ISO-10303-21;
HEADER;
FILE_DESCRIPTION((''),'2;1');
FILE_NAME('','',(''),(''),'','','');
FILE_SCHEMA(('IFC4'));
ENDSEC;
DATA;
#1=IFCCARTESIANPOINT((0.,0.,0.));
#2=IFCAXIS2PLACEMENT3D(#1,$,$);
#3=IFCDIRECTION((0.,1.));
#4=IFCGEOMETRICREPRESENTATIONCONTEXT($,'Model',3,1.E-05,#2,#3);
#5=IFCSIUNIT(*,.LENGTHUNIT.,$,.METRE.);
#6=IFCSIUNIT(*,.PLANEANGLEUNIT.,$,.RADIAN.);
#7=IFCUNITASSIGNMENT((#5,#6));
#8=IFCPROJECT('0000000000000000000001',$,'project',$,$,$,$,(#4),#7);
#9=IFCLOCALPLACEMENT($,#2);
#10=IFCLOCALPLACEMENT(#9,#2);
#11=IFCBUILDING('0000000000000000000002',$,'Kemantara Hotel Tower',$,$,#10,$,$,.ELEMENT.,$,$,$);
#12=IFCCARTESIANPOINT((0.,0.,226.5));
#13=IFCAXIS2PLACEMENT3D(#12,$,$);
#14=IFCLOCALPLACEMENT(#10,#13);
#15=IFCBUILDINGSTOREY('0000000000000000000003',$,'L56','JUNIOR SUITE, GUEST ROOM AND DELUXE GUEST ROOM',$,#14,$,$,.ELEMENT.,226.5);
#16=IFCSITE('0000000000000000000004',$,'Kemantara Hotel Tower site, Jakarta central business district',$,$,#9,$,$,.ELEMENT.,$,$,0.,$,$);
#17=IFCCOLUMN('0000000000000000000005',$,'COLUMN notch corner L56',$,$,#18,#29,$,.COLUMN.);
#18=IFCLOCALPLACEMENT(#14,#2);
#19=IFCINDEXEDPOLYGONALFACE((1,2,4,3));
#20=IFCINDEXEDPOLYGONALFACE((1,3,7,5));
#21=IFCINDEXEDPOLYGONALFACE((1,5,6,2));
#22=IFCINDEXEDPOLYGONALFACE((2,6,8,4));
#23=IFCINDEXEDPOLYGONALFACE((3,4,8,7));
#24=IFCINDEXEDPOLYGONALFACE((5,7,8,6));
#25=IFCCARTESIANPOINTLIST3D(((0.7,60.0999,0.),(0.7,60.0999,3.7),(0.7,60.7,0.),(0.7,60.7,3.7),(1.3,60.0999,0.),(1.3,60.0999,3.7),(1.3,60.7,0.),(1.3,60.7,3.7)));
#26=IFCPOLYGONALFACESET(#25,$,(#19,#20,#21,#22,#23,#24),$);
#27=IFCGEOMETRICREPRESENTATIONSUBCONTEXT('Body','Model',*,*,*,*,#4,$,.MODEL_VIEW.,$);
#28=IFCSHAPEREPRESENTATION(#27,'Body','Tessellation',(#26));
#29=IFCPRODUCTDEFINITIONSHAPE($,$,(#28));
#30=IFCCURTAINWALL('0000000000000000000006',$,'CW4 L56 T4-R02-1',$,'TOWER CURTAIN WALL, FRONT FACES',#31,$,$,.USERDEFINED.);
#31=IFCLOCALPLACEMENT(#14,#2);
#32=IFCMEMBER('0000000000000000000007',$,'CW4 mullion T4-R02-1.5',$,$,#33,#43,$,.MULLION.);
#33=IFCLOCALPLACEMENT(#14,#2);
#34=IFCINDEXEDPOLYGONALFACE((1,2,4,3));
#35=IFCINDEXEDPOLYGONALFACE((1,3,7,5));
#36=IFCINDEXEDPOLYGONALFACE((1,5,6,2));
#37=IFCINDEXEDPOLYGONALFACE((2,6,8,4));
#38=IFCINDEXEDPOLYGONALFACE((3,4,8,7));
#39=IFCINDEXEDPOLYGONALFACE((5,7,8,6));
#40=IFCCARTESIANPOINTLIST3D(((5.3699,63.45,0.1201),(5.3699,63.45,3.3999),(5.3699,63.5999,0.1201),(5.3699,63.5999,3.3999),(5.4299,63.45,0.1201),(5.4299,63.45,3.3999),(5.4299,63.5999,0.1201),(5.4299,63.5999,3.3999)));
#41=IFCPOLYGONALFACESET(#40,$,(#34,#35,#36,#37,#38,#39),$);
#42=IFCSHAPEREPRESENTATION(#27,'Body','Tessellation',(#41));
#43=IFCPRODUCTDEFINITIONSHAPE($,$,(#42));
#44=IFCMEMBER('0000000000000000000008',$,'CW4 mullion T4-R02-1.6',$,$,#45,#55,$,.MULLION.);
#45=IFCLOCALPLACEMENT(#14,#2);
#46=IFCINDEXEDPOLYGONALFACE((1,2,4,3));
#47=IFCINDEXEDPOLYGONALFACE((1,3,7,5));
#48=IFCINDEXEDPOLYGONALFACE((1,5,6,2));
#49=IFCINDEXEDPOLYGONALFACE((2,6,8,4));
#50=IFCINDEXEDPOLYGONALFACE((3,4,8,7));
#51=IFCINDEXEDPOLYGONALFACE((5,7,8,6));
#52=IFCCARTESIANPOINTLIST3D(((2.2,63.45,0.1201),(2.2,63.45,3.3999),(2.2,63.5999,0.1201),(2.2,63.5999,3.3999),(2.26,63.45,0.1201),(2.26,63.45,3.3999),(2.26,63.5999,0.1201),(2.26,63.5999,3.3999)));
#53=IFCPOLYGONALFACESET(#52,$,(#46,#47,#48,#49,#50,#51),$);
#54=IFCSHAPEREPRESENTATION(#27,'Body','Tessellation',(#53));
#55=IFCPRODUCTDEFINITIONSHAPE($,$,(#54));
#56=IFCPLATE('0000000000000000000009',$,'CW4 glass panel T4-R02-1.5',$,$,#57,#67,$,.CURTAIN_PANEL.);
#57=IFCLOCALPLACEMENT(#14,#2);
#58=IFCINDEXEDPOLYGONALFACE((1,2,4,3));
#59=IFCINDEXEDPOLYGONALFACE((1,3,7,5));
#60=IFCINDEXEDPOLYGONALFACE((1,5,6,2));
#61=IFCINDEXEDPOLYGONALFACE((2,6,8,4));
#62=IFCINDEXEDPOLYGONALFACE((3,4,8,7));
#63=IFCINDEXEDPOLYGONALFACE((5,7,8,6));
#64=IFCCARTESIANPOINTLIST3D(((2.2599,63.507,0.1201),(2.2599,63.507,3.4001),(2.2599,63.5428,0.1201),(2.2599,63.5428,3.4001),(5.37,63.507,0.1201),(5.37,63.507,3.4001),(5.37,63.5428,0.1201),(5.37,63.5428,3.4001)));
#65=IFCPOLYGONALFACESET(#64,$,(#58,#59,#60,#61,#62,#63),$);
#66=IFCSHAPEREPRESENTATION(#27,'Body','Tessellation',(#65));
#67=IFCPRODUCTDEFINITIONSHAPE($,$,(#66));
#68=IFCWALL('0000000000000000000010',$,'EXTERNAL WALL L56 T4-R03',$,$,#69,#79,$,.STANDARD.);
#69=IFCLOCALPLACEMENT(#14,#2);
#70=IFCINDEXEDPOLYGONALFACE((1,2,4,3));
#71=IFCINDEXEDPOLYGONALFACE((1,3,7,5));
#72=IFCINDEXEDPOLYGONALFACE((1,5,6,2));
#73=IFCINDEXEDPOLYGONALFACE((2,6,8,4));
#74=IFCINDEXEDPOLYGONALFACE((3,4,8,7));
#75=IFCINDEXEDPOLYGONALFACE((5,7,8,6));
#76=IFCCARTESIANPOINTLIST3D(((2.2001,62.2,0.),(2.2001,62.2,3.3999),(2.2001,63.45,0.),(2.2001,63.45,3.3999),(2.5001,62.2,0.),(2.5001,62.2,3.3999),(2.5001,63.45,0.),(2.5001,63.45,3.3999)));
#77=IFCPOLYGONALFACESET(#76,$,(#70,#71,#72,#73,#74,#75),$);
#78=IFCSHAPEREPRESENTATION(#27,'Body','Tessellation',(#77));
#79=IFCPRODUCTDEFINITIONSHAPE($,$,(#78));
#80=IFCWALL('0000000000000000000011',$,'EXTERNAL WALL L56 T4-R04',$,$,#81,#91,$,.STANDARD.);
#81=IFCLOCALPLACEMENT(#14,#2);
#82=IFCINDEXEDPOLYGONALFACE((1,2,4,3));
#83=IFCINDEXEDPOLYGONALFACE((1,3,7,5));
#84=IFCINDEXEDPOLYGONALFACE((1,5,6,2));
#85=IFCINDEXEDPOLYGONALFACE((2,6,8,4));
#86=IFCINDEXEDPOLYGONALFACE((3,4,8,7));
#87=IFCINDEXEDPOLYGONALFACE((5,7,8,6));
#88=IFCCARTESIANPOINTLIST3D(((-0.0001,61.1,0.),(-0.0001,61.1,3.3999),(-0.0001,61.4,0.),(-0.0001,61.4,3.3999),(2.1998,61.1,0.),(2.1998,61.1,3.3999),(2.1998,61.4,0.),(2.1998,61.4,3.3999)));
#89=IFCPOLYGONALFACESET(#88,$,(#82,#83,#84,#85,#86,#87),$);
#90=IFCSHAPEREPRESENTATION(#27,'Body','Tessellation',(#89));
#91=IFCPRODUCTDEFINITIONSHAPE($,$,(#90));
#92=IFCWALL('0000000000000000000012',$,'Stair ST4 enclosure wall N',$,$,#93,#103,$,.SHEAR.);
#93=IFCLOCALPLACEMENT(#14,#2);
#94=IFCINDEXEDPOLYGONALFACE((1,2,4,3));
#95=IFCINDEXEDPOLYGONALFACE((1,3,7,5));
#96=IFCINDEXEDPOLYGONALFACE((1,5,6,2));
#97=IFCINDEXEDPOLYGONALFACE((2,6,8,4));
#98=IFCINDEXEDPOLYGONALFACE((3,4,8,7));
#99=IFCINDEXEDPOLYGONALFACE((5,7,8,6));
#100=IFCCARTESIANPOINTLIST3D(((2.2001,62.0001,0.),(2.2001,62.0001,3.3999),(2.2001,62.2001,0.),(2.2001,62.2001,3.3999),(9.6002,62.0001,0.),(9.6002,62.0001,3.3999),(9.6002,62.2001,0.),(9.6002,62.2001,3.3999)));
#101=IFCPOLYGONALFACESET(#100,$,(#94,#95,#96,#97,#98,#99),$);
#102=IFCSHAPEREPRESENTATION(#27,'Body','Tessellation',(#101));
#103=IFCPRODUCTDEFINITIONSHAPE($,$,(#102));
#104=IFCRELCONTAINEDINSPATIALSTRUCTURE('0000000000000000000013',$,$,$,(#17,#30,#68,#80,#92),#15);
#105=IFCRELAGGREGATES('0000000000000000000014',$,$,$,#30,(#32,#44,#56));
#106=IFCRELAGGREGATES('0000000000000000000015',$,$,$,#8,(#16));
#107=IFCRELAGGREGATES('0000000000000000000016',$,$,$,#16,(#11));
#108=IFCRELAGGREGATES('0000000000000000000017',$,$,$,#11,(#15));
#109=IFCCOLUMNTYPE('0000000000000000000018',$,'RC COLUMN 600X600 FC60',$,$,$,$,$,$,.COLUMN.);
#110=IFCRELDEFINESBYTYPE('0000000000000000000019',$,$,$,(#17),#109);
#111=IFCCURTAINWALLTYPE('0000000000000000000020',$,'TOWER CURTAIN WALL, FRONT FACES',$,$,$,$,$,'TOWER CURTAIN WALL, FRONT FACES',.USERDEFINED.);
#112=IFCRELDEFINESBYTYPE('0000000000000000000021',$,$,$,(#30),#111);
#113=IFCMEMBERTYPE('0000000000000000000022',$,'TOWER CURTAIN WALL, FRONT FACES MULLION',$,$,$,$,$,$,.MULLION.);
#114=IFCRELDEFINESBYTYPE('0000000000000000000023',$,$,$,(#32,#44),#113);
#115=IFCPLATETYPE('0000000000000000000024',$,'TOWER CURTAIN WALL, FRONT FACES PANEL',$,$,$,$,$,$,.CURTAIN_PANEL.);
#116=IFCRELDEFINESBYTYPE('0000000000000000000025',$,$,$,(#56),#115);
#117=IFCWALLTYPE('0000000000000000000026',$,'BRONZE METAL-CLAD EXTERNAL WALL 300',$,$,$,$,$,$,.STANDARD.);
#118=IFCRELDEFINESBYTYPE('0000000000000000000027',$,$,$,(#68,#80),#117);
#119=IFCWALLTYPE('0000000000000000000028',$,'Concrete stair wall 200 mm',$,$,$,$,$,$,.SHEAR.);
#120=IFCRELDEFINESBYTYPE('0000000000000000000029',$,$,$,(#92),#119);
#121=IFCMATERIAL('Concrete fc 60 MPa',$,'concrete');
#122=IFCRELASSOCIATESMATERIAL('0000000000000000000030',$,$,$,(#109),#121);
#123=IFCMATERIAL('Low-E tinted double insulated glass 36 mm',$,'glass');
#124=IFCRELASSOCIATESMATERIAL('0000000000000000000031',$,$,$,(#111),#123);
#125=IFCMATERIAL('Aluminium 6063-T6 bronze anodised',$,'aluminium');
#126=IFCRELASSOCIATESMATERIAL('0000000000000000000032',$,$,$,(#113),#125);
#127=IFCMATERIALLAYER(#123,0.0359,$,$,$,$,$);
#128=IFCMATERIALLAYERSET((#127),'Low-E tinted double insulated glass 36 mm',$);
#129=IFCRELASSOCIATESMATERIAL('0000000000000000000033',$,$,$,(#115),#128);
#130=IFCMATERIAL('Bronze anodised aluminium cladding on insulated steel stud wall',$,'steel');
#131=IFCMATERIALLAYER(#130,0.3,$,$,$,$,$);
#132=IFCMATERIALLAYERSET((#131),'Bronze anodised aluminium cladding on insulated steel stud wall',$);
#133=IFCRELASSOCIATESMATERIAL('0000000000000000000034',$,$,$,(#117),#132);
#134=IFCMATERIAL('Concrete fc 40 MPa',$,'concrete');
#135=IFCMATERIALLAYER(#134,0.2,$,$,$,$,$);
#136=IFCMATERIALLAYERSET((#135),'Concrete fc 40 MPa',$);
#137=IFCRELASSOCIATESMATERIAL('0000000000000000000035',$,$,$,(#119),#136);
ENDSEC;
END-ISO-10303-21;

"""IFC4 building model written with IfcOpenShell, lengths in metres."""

from ifc_helpers import new_model, si_unit, direction, frame, frame_2d, origin, origin_2d, place, context, subcontext, project, spatial, rectangle, extrude, source, transform, mapped, material, layer, layer_set, material_profile, profile_set, type_object, element, aggregate, save


model = new_model("IFC4")

# Units and contexts
model_context = context("Model", 3, precision=1e-05, world=origin(), true_north=direction((0.0, 1.0)))
body_context = subcontext(model_context, "Body", "Model", "MODEL_VIEW")
ifc_project = project(units=[si_unit("LENGTHUNIT", "METRE"), si_unit("PLANEANGLEUNIT", "RADIAN")], contexts=[model_context])

# Site, building, storey
site_placement = place(None, origin())
site = spatial("IfcSite", under=ifc_project, at=site_placement, Name="Kemantara Hotel Tower site, Jakarta central business district", CompositionType="ELEMENT", RefElevation=0.0)
building_placement = place(site_placement, origin())
building = spatial("IfcBuilding", under=site, at=building_placement, Name="Kemantara Hotel Tower", CompositionType="ELEMENT")
storey_placement = place(building_placement, frame((0.0, 0.0, 226.5)))
storey = spatial("IfcBuildingStorey", under=building, at=storey_placement, Name="L56", Description="JUNIOR SUITE, GUEST ROOM AND DELUXE GUEST ROOM", CompositionType="ELEMENT", Elevation=226.5)

# Column
ifc_material_1 = material(Name="Concrete fc 60 MPa", Category="concrete")
ifc_material_profile_1 = material_profile(ifc_material_1, rectangle(XDim=0.6001, YDim=0.6001, at=origin_2d()), Name="RC 600X600")
ifc_profile_set_1 = profile_set([ifc_material_profile_1], Name="Concrete fc 60 MPa")
column_type = type_object("IfcColumnType", Name="RC COLUMN 600X600 FC60", PredefinedType="COLUMN", material=ifc_profile_set_1)
column_placement = place(storey_placement, frame((1.0, 60.3999, 0.0), z_axis=(0.0, 0.0, 1.0), x_axis=(1.0, 0.0, 0.0)))
element("IfcColumn", 1, at=column_placement, inside=storey, type_object=column_type, Name="COLUMN notch corner L56", PredefinedType="COLUMN", context=body_context, shape_type="SweptSolid", body=[
    extrude(rectangle(XDim=0.6001, YDim=0.6001, at=origin_2d()), origin(), (0.0, 0.0, 1.0), 3.7),
])

# Curtain wall, members, plate
ifc_material_2 = material(Name="Low-E tinted double insulated glass 36 mm", Category="glass")
curtain_wall_type = type_object("IfcCurtainWallType", Name="TOWER CURTAIN WALL, FRONT FACES", ElementType="TOWER CURTAIN WALL, FRONT FACES", PredefinedType="USERDEFINED", material=ifc_material_2)
curtain_wall_placement = place(storey_placement, origin())
curtain_wall = element("IfcCurtainWall", 2, at=curtain_wall_placement, inside=storey, type_object=curtain_wall_type, Name="CW4 L56 T4-R02-1", ObjectType="TOWER CURTAIN WALL, FRONT FACES", PredefinedType="USERDEFINED")
ifc_material_3 = material(Name="Aluminium 6063-T6 bronze anodised", Category="aluminium")
ifc_material_profile_2 = material_profile(ifc_material_3, rectangle(XDim=0.1499, YDim=0.0601, at=origin_2d()), Name="TOWER CURTAIN WALL, FRONT FACES MULLION")
ifc_profile_set_2 = profile_set([ifc_material_profile_2], Name="Aluminium 6063-T6 bronze anodised")
member_type = type_object("IfcMemberType", Name="TOWER CURTAIN WALL, FRONT FACES MULLION", PredefinedType="MULLION", material=ifc_profile_set_2)
shared_shape_1 = source(origin(), body_context, "Body", "SweptSolid", [
    extrude(rectangle(XDim=0.1499, YDim=0.0601, at=origin_2d()), origin(), (0.0, 0.0, 1.0), 3.2798),
])
member_1_placement = place(storey_placement, frame((5.3999, 63.5249, 0.1201), z_axis=(0.0, 0.0, 1.0), x_axis=(0.0, -1.0, 0.0)))
member_1 = element("IfcMember", 3, at=member_1_placement, type_object=member_type, Name="CW4 mullion T4-R02-1.5", PredefinedType="MULLION", context=body_context, shape_type="MappedRepresentation", body=[
    mapped(shared_shape_1, transform((0.0, 0.0, 0.0))),
])
member_2_placement = place(storey_placement, frame((2.23, 63.5249, 0.1201), z_axis=(0.0, 0.0, 1.0), x_axis=(0.0, -1.0, 0.0)))
member_2 = element("IfcMember", 4, at=member_2_placement, type_object=member_type, Name="CW4 mullion T4-R02-1.6", PredefinedType="MULLION", context=body_context, shape_type="MappedRepresentation", body=[
    mapped(shared_shape_1, transform((0.0, 0.0, 0.0))),
])
ifc_layer_1 = layer(ifc_material_2, 0.0359)
ifc_layer_set_1 = layer_set([ifc_layer_1], Name="Low-E tinted double insulated glass 36 mm")
plate_type = type_object("IfcPlateType", Name="TOWER CURTAIN WALL, FRONT FACES PANEL", PredefinedType="CURTAIN_PANEL", material=ifc_layer_set_1)
shared_shape_2 = source(origin(), body_context, "Body", "SweptSolid", [
    extrude(rectangle(XDim=3.1101, YDim=0.0359, at=origin_2d()), origin(), (0.0, 0.0, 1.0), 3.28),
])
plate_placement = place(storey_placement, frame((3.8149, 63.5249, 0.1201), z_axis=(0.0, 0.0, 1.0), x_axis=(-1.0, 0.0, 0.0)))
plate = element("IfcPlate", 5, at=plate_placement, type_object=plate_type, Name="CW4 glass panel T4-R02-1.5", PredefinedType="CURTAIN_PANEL", context=body_context, shape_type="MappedRepresentation", body=[
    mapped(shared_shape_2, transform((0.0, 0.0, 0.0))),
])
aggregate(curtain_wall, [member_1, member_2, plate])

# Walls
ifc_material_4 = material(Name="Bronze anodised aluminium cladding on insulated steel stud wall", Category="steel")
ifc_layer_2 = layer(ifc_material_4, 0.3)
ifc_layer_set_2 = layer_set([ifc_layer_2], Name="Bronze anodised aluminium cladding on insulated steel stud wall")
wall_type_1 = type_object("IfcWallType", Name="BRONZE METAL-CLAD EXTERNAL WALL 300", PredefinedType="STANDARD", material=ifc_layer_set_2)
wall_1_placement = place(storey_placement, frame((2.3501, 63.45, 0.0), z_axis=(0.0, 0.0, 1.0), x_axis=(0.0, -1.0, 0.0)))
element("IfcWall", 6, at=wall_1_placement, inside=storey, type_object=wall_type_1, Name="EXTERNAL WALL L56 T4-R03", PredefinedType="STANDARD", context=body_context, shape_type="SweptSolid", body=[
    extrude(rectangle(XDim=1.25, YDim=0.3, at=frame_2d((0.625, 0.0))), origin(), (0.0, 0.0, 1.0), 3.3999),
])
wall_2_placement = place(storey_placement, frame((2.2, 61.25, 0.0), z_axis=(0.0, 0.0, 1.0), x_axis=(-1.0, 0.0, 0.0)))
element("IfcWall", 7, at=wall_2_placement, inside=storey, type_object=wall_type_1, Name="EXTERNAL WALL L56 T4-R04", PredefinedType="STANDARD", context=body_context, shape_type="SweptSolid", body=[
    extrude(rectangle(XDim=2.2, YDim=0.3, at=frame_2d((1.1001, 0.0))), origin(), (0.0, 0.0, 1.0), 3.3999),
])

# Wall
ifc_material_5 = material(Name="Concrete fc 40 MPa", Category="concrete")
ifc_layer_3 = layer(ifc_material_5, 0.2)
ifc_layer_set_3 = layer_set([ifc_layer_3], Name="Concrete fc 40 MPa")
wall_type_2 = type_object("IfcWallType", Name="Concrete stair wall 200 mm", PredefinedType="SHEAR", material=ifc_layer_set_3)
wall_3_placement = place(storey_placement, frame((2.2, 62.1001, 0.0), z_axis=(0.0, 0.0, 1.0), x_axis=(1.0, 0.0, 0.0)))
element("IfcWall", 8, at=wall_3_placement, inside=storey, type_object=wall_type_2, Name="Stair ST4 enclosure wall N", PredefinedType="SHEAR", context=body_context, shape_type="SweptSolid", body=[
    extrude(rectangle(XDim=7.4001, YDim=0.2, at=frame_2d((3.7002, 0.0))), origin(), (0.0, 0.0, 1.0), 3.3999),
])

save(model, "model.ifc")
